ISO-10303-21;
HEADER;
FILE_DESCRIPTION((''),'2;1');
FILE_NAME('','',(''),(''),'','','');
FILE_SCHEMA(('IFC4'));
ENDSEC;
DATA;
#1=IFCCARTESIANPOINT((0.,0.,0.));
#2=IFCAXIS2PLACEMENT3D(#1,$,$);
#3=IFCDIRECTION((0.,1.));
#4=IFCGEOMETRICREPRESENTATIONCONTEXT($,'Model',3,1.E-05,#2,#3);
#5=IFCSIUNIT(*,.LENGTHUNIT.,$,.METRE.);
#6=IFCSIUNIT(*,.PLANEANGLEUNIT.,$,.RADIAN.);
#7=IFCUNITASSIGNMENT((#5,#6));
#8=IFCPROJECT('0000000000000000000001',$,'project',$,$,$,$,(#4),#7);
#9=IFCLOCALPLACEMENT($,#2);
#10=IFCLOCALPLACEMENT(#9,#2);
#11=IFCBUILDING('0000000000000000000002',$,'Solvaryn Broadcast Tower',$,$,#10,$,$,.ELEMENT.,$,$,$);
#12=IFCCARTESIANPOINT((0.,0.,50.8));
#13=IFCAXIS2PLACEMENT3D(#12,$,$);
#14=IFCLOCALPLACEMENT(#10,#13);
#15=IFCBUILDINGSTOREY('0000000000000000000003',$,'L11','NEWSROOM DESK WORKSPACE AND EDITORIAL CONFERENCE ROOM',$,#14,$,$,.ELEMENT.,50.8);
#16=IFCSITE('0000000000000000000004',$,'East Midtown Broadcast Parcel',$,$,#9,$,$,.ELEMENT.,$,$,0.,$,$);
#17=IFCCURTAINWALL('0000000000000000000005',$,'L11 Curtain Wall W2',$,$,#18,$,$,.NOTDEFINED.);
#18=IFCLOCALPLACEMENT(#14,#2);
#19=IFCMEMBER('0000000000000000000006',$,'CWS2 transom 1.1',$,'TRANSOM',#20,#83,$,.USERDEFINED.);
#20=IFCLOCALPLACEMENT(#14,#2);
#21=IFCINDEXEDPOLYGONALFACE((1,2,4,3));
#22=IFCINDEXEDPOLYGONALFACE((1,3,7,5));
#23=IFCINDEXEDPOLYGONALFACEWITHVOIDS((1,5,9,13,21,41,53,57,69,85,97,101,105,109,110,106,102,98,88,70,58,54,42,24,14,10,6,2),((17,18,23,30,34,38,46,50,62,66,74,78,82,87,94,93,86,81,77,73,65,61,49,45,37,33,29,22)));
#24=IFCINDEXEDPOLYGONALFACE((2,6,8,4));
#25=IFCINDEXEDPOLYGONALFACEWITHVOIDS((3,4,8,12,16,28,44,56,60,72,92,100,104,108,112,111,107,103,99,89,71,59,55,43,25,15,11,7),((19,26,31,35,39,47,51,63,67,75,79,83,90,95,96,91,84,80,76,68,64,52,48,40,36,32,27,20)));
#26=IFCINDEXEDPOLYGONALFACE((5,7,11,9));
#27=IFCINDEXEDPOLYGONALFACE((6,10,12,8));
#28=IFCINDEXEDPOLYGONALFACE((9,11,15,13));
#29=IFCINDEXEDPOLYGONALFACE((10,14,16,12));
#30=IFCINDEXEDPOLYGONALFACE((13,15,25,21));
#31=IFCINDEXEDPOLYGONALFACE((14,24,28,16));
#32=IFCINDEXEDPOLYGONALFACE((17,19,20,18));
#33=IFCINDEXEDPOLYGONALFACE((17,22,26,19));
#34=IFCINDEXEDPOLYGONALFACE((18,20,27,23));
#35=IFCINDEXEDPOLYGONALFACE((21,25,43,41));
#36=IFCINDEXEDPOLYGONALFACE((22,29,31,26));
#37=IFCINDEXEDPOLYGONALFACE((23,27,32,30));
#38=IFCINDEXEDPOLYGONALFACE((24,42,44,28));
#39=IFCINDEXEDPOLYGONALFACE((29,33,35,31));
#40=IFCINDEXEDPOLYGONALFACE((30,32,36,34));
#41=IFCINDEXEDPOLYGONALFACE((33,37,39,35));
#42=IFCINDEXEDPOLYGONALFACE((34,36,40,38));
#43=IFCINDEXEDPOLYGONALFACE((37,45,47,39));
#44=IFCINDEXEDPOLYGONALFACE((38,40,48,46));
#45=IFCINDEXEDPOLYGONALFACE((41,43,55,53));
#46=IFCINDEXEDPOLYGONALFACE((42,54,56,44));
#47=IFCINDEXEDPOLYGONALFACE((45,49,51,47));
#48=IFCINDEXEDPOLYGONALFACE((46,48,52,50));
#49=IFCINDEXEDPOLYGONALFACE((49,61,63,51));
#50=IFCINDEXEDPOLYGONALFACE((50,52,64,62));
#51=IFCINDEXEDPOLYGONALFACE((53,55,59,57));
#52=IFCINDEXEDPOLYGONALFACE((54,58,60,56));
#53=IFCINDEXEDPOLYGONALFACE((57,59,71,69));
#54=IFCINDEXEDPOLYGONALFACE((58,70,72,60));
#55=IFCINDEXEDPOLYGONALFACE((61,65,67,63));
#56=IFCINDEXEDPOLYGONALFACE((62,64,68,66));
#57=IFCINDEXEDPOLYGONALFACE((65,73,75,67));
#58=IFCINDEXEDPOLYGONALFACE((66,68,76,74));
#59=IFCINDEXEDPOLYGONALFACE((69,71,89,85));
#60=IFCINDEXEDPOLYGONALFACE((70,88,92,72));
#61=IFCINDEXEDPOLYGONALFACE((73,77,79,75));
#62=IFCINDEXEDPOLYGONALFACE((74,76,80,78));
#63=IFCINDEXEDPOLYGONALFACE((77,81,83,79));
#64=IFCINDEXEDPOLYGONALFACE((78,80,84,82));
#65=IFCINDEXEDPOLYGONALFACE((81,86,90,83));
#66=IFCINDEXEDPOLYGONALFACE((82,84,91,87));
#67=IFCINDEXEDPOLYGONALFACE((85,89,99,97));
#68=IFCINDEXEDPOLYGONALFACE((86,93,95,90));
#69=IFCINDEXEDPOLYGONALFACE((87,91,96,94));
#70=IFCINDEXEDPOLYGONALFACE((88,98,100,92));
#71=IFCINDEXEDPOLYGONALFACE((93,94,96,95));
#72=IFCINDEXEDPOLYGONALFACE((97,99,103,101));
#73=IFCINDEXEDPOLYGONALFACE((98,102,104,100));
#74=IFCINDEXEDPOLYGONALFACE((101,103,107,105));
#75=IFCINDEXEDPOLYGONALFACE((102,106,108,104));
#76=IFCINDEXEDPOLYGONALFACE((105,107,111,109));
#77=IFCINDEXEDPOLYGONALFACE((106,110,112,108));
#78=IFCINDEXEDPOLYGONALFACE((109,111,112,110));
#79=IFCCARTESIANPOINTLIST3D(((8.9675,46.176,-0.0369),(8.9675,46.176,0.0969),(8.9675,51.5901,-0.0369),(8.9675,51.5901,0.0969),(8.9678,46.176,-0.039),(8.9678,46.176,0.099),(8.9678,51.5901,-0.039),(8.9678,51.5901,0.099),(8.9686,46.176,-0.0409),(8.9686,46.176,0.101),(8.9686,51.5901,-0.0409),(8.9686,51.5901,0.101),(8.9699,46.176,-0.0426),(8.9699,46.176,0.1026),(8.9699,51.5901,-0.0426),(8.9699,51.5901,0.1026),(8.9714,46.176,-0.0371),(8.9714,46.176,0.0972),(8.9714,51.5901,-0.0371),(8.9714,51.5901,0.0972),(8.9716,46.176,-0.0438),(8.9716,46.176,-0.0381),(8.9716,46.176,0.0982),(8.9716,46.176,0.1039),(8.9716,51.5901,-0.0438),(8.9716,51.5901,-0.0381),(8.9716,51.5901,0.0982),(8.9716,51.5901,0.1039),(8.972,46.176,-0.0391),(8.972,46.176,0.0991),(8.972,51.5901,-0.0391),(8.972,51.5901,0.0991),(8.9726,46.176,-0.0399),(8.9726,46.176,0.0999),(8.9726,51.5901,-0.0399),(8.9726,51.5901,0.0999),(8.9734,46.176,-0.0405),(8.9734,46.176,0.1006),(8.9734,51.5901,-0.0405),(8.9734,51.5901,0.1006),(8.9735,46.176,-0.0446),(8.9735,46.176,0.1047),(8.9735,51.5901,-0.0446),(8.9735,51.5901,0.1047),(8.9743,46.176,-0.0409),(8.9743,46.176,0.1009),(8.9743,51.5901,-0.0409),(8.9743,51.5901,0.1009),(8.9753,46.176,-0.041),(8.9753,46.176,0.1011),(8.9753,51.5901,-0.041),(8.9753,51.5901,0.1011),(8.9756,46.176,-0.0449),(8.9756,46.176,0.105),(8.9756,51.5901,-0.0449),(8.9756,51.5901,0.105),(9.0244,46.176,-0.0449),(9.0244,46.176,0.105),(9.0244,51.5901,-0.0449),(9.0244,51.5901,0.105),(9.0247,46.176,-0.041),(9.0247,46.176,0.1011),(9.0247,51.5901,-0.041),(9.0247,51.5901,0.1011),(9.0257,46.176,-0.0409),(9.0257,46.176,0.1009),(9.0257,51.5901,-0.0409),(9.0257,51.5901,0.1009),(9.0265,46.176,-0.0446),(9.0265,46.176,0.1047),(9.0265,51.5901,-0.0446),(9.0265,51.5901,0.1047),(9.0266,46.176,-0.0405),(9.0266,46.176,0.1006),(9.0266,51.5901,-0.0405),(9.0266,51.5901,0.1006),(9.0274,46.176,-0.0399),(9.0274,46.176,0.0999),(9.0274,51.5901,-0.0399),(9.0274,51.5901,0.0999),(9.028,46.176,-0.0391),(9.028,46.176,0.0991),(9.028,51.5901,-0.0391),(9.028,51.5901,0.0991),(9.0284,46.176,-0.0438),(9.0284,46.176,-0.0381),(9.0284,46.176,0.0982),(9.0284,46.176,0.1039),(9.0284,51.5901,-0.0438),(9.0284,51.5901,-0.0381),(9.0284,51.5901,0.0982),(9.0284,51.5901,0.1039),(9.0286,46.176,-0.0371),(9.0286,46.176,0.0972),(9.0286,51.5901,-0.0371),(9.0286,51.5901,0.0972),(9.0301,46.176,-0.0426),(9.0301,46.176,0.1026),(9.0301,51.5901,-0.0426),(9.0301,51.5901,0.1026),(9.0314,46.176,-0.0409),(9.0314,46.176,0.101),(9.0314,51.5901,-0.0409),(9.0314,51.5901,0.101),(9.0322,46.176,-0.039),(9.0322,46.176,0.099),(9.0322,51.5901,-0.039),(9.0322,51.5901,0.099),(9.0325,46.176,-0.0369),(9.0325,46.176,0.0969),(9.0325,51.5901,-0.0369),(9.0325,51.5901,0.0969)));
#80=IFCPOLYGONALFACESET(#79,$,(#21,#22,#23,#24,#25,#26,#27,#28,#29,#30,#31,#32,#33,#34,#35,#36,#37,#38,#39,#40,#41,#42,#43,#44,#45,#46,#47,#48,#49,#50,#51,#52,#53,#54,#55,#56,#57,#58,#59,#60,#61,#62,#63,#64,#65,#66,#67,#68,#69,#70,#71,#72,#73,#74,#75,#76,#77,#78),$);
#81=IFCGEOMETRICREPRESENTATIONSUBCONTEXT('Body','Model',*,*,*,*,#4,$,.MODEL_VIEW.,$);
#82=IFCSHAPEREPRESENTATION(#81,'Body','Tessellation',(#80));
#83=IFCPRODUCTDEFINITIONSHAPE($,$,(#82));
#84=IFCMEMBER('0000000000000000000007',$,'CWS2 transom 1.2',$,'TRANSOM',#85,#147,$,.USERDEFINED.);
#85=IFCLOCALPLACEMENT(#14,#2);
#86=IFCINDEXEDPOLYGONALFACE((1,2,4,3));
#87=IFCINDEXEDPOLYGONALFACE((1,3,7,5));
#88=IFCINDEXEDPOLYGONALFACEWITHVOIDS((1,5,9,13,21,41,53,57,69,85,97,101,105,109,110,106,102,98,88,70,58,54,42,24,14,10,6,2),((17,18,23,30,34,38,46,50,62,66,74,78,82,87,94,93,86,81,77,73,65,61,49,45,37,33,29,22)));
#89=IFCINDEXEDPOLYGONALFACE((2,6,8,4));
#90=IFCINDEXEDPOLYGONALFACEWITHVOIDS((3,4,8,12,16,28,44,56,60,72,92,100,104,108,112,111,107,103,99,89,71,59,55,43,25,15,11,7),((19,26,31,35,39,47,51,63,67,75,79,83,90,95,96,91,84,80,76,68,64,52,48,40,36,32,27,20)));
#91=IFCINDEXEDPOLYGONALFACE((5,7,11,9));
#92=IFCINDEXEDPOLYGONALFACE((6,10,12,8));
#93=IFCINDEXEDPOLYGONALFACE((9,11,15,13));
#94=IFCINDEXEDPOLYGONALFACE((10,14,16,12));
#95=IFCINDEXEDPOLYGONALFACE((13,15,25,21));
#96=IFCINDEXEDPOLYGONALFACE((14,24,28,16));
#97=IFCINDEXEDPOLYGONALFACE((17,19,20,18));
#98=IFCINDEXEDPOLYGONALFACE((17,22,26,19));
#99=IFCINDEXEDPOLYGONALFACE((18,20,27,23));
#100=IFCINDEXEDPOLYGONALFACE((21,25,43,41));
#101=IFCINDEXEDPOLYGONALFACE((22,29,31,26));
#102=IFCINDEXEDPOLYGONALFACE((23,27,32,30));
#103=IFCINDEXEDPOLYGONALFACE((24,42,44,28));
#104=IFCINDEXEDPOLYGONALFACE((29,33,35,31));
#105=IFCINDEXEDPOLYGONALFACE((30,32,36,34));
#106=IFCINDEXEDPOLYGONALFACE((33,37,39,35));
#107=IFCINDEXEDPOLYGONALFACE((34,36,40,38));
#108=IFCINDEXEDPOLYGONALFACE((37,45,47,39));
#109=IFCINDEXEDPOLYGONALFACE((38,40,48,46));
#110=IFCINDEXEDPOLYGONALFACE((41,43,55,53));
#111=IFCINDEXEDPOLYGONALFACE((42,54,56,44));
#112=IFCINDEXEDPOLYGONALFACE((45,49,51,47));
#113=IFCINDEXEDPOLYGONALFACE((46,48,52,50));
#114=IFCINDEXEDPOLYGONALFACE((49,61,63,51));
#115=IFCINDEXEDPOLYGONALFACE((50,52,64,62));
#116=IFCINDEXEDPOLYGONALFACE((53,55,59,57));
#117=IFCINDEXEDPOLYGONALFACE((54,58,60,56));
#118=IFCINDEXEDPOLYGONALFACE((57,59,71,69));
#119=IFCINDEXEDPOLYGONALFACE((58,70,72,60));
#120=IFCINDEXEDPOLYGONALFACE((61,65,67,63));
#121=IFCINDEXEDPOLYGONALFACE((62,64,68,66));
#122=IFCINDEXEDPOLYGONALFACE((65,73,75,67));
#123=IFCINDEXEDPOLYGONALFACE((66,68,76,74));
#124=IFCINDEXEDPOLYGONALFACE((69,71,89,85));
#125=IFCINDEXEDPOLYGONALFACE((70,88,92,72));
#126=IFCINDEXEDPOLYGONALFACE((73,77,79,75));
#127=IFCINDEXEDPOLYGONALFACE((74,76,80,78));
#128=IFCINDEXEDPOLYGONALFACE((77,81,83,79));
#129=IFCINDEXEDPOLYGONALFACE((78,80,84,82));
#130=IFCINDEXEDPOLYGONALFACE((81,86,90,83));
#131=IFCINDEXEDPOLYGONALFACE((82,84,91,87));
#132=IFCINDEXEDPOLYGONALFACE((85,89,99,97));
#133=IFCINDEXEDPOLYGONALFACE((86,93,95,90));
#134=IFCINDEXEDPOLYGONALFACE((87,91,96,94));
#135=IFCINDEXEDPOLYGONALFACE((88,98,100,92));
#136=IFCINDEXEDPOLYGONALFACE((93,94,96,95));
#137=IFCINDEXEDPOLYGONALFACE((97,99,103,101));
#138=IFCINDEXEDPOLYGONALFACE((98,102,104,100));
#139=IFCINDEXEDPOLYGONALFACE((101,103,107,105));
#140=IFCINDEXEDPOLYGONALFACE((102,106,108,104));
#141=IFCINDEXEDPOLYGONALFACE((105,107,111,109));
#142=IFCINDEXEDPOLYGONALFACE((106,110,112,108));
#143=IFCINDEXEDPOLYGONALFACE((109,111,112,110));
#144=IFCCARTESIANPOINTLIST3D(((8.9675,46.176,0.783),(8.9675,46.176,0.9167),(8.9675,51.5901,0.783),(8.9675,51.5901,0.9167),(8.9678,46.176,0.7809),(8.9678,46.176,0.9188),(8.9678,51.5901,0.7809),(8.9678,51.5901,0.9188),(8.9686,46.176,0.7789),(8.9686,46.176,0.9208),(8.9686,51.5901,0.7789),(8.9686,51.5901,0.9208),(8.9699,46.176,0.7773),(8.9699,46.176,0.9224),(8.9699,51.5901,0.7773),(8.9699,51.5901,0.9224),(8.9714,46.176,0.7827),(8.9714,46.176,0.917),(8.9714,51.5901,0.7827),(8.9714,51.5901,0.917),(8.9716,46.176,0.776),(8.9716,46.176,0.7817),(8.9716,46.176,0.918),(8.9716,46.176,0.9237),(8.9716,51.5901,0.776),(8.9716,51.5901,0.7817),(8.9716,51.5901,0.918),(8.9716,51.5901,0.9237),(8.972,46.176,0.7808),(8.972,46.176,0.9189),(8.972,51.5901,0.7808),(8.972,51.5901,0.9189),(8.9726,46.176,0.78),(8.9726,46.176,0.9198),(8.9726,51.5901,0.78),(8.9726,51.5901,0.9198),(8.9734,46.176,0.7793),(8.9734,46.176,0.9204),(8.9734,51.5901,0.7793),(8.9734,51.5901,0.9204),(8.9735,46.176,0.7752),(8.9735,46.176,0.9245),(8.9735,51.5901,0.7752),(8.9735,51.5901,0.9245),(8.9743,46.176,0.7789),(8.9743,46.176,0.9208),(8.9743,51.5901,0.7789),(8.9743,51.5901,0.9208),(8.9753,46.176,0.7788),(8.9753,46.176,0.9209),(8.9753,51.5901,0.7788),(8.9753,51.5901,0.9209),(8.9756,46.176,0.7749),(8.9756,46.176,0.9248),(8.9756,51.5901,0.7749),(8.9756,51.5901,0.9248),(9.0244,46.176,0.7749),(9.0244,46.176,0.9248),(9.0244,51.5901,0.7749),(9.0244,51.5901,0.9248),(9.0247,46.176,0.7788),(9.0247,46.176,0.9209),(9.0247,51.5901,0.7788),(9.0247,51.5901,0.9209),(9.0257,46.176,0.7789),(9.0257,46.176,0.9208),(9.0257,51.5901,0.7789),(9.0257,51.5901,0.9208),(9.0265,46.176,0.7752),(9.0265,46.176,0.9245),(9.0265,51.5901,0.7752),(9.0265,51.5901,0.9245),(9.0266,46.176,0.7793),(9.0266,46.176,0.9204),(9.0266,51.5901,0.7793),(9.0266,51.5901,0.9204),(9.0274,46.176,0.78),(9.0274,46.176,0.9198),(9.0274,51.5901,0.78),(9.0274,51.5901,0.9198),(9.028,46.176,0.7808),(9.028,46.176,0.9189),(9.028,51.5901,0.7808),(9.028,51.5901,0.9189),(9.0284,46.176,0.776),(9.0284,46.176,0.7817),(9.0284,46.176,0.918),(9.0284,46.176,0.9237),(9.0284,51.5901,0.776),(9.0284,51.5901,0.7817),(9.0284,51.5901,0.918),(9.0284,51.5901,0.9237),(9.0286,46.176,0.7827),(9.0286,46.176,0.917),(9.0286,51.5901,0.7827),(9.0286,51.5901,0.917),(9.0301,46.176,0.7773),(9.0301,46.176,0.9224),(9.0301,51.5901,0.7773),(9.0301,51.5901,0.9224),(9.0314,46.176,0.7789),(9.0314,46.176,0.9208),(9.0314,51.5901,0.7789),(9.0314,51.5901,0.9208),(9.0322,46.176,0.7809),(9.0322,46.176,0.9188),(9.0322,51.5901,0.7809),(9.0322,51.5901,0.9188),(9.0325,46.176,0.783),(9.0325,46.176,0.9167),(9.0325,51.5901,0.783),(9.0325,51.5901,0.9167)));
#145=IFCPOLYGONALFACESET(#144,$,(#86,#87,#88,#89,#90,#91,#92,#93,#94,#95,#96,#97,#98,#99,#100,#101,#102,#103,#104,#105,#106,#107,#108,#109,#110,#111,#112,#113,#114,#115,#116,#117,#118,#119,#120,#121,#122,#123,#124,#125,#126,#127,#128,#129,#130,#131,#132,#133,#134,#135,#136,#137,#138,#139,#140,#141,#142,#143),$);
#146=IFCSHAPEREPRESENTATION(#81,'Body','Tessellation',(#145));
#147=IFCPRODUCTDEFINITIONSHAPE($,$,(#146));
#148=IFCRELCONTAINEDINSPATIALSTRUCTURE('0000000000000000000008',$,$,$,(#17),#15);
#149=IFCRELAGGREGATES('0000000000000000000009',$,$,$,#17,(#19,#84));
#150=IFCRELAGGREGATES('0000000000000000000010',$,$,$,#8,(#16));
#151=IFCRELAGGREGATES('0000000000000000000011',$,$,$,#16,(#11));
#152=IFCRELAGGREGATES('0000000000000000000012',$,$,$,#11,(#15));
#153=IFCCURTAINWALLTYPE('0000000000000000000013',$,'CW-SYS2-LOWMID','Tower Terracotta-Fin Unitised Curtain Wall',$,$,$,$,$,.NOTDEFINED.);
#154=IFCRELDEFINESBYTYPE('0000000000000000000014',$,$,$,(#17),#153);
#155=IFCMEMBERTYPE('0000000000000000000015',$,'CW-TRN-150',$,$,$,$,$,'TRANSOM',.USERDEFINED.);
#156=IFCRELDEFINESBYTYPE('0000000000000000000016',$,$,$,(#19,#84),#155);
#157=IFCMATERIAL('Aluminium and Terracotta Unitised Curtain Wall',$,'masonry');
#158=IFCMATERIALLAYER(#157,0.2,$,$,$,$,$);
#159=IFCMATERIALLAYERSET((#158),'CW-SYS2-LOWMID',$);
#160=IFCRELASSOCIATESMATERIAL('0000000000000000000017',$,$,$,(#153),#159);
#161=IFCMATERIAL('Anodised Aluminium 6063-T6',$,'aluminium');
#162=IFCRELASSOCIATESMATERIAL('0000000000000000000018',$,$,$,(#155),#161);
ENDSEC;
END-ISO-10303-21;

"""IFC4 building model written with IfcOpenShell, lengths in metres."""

from ifc_helpers import new_model, si_unit, direction, frame, origin, origin_2d, place, context, subcontext, project, spatial, hollow_rectangle, extrude, material, layer, layer_set, material_profile, profile_set, type_object, element, aggregate, save


model = new_model("IFC4")

# Units and contexts
model_context = context("Model", 3, precision=1e-05, world=origin(), true_north=direction((0.0, 1.0)))
body_context = subcontext(model_context, "Body", "Model", "MODEL_VIEW")
ifc_project = project(units=[si_unit("LENGTHUNIT", "METRE"), si_unit("PLANEANGLEUNIT", "RADIAN")], contexts=[model_context])

# Site, building, storey
site_placement = place(None, origin())
site = spatial("IfcSite", under=ifc_project, at=site_placement, Name="East Midtown Broadcast Parcel", CompositionType="ELEMENT", RefElevation=0.0)
building_placement = place(site_placement, origin())
building = spatial("IfcBuilding", under=site, at=building_placement, Name="Solvaryn Broadcast Tower", CompositionType="ELEMENT")
storey_placement = place(building_placement, frame((0.0, 0.0, 50.8)))
storey = spatial("IfcBuildingStorey", under=building, at=storey_placement, Name="L11", Description="NEWSROOM DESK WORKSPACE AND EDITORIAL CONFERENCE ROOM", CompositionType="ELEMENT", Elevation=50.8)

# Shared definitions
ifc_material_1 = material(Name="Aluminium and Terracotta Unitised Curtain Wall", Category="masonry")
ifc_layer_1 = layer(ifc_material_1, 0.2)
ifc_layer_set_1 = layer_set([ifc_layer_1], Name="CW-SYS2-LOWMID")
curtain_wall_type = type_object("IfcCurtainWallType", Name="CW-SYS2-LOWMID", Description="Tower Terracotta-Fin Unitised Curtain Wall", PredefinedType="NOTDEFINED", material=ifc_layer_set_1)

# Curtain wall
curtain_wall_1_placement = place(storey_placement, origin())
curtain_wall_1 = element("IfcCurtainWall", 1, at=curtain_wall_1_placement, inside=storey, type_object=curtain_wall_type, Name="L11 Curtain Wall W2", PredefinedType="NOTDEFINED")

# Members
ifc_material_2 = material(Name="Anodised Aluminium 6063-T6", Category="aluminium")
ifc_material_profile_1 = material_profile(ifc_material_2, hollow_rectangle(XDim=0.0649, YDim=0.1499, WallThickness=0.0039, InnerFilletRadius=0.0039, OuterFilletRadius=0.0081, at=origin_2d()))
ifc_profile_set_1 = profile_set([ifc_material_profile_1], Name="Anodised Aluminium 6063-T6")
member_type_1 = type_object("IfcMemberType", Name="CW-TRN-150", ElementType="TRANSOM", PredefinedType="USERDEFINED", material=ifc_profile_set_1)
member_1_placement = place(storey_placement, frame((9.0, 46.176, 0.03), z_axis=(0.0, 1.0, 0.0), x_axis=(-1.0, 0.0, 0.0)))
member_1 = element("IfcMember", 2, at=member_1_placement, type_object=member_type_1, Name="CWS2 transom 1.1", ObjectType="TRANSOM", PredefinedType="USERDEFINED", context=body_context, shape_type="SweptSolid", body=[
    extrude(hollow_rectangle(XDim=0.0649, YDim=0.1499, WallThickness=0.0039, InnerFilletRadius=0.0039, OuterFilletRadius=0.0081, at=origin_2d()), origin(), (0.0, 0.0, 1.0), 5.4141),
])
member_2_placement = place(storey_placement, frame((9.0, 46.176, 0.8499), z_axis=(0.0, 1.0, 0.0), x_axis=(-1.0, 0.0, 0.0)))
member_2 = element("IfcMember", 3, at=member_2_placement, type_object=member_type_1, Name="CWS2 transom 1.2", ObjectType="TRANSOM", PredefinedType="USERDEFINED", context=body_context, shape_type="SweptSolid", body=[
    extrude(hollow_rectangle(XDim=0.0649, YDim=0.1499, WallThickness=0.0039, InnerFilletRadius=0.0039, OuterFilletRadius=0.0081, at=origin_2d()), origin(), (0.0, 0.0, 1.0), 5.4141),
])

aggregate(curtain_wall_1, [member_1, member_2])

save(model, "model.ifc")
